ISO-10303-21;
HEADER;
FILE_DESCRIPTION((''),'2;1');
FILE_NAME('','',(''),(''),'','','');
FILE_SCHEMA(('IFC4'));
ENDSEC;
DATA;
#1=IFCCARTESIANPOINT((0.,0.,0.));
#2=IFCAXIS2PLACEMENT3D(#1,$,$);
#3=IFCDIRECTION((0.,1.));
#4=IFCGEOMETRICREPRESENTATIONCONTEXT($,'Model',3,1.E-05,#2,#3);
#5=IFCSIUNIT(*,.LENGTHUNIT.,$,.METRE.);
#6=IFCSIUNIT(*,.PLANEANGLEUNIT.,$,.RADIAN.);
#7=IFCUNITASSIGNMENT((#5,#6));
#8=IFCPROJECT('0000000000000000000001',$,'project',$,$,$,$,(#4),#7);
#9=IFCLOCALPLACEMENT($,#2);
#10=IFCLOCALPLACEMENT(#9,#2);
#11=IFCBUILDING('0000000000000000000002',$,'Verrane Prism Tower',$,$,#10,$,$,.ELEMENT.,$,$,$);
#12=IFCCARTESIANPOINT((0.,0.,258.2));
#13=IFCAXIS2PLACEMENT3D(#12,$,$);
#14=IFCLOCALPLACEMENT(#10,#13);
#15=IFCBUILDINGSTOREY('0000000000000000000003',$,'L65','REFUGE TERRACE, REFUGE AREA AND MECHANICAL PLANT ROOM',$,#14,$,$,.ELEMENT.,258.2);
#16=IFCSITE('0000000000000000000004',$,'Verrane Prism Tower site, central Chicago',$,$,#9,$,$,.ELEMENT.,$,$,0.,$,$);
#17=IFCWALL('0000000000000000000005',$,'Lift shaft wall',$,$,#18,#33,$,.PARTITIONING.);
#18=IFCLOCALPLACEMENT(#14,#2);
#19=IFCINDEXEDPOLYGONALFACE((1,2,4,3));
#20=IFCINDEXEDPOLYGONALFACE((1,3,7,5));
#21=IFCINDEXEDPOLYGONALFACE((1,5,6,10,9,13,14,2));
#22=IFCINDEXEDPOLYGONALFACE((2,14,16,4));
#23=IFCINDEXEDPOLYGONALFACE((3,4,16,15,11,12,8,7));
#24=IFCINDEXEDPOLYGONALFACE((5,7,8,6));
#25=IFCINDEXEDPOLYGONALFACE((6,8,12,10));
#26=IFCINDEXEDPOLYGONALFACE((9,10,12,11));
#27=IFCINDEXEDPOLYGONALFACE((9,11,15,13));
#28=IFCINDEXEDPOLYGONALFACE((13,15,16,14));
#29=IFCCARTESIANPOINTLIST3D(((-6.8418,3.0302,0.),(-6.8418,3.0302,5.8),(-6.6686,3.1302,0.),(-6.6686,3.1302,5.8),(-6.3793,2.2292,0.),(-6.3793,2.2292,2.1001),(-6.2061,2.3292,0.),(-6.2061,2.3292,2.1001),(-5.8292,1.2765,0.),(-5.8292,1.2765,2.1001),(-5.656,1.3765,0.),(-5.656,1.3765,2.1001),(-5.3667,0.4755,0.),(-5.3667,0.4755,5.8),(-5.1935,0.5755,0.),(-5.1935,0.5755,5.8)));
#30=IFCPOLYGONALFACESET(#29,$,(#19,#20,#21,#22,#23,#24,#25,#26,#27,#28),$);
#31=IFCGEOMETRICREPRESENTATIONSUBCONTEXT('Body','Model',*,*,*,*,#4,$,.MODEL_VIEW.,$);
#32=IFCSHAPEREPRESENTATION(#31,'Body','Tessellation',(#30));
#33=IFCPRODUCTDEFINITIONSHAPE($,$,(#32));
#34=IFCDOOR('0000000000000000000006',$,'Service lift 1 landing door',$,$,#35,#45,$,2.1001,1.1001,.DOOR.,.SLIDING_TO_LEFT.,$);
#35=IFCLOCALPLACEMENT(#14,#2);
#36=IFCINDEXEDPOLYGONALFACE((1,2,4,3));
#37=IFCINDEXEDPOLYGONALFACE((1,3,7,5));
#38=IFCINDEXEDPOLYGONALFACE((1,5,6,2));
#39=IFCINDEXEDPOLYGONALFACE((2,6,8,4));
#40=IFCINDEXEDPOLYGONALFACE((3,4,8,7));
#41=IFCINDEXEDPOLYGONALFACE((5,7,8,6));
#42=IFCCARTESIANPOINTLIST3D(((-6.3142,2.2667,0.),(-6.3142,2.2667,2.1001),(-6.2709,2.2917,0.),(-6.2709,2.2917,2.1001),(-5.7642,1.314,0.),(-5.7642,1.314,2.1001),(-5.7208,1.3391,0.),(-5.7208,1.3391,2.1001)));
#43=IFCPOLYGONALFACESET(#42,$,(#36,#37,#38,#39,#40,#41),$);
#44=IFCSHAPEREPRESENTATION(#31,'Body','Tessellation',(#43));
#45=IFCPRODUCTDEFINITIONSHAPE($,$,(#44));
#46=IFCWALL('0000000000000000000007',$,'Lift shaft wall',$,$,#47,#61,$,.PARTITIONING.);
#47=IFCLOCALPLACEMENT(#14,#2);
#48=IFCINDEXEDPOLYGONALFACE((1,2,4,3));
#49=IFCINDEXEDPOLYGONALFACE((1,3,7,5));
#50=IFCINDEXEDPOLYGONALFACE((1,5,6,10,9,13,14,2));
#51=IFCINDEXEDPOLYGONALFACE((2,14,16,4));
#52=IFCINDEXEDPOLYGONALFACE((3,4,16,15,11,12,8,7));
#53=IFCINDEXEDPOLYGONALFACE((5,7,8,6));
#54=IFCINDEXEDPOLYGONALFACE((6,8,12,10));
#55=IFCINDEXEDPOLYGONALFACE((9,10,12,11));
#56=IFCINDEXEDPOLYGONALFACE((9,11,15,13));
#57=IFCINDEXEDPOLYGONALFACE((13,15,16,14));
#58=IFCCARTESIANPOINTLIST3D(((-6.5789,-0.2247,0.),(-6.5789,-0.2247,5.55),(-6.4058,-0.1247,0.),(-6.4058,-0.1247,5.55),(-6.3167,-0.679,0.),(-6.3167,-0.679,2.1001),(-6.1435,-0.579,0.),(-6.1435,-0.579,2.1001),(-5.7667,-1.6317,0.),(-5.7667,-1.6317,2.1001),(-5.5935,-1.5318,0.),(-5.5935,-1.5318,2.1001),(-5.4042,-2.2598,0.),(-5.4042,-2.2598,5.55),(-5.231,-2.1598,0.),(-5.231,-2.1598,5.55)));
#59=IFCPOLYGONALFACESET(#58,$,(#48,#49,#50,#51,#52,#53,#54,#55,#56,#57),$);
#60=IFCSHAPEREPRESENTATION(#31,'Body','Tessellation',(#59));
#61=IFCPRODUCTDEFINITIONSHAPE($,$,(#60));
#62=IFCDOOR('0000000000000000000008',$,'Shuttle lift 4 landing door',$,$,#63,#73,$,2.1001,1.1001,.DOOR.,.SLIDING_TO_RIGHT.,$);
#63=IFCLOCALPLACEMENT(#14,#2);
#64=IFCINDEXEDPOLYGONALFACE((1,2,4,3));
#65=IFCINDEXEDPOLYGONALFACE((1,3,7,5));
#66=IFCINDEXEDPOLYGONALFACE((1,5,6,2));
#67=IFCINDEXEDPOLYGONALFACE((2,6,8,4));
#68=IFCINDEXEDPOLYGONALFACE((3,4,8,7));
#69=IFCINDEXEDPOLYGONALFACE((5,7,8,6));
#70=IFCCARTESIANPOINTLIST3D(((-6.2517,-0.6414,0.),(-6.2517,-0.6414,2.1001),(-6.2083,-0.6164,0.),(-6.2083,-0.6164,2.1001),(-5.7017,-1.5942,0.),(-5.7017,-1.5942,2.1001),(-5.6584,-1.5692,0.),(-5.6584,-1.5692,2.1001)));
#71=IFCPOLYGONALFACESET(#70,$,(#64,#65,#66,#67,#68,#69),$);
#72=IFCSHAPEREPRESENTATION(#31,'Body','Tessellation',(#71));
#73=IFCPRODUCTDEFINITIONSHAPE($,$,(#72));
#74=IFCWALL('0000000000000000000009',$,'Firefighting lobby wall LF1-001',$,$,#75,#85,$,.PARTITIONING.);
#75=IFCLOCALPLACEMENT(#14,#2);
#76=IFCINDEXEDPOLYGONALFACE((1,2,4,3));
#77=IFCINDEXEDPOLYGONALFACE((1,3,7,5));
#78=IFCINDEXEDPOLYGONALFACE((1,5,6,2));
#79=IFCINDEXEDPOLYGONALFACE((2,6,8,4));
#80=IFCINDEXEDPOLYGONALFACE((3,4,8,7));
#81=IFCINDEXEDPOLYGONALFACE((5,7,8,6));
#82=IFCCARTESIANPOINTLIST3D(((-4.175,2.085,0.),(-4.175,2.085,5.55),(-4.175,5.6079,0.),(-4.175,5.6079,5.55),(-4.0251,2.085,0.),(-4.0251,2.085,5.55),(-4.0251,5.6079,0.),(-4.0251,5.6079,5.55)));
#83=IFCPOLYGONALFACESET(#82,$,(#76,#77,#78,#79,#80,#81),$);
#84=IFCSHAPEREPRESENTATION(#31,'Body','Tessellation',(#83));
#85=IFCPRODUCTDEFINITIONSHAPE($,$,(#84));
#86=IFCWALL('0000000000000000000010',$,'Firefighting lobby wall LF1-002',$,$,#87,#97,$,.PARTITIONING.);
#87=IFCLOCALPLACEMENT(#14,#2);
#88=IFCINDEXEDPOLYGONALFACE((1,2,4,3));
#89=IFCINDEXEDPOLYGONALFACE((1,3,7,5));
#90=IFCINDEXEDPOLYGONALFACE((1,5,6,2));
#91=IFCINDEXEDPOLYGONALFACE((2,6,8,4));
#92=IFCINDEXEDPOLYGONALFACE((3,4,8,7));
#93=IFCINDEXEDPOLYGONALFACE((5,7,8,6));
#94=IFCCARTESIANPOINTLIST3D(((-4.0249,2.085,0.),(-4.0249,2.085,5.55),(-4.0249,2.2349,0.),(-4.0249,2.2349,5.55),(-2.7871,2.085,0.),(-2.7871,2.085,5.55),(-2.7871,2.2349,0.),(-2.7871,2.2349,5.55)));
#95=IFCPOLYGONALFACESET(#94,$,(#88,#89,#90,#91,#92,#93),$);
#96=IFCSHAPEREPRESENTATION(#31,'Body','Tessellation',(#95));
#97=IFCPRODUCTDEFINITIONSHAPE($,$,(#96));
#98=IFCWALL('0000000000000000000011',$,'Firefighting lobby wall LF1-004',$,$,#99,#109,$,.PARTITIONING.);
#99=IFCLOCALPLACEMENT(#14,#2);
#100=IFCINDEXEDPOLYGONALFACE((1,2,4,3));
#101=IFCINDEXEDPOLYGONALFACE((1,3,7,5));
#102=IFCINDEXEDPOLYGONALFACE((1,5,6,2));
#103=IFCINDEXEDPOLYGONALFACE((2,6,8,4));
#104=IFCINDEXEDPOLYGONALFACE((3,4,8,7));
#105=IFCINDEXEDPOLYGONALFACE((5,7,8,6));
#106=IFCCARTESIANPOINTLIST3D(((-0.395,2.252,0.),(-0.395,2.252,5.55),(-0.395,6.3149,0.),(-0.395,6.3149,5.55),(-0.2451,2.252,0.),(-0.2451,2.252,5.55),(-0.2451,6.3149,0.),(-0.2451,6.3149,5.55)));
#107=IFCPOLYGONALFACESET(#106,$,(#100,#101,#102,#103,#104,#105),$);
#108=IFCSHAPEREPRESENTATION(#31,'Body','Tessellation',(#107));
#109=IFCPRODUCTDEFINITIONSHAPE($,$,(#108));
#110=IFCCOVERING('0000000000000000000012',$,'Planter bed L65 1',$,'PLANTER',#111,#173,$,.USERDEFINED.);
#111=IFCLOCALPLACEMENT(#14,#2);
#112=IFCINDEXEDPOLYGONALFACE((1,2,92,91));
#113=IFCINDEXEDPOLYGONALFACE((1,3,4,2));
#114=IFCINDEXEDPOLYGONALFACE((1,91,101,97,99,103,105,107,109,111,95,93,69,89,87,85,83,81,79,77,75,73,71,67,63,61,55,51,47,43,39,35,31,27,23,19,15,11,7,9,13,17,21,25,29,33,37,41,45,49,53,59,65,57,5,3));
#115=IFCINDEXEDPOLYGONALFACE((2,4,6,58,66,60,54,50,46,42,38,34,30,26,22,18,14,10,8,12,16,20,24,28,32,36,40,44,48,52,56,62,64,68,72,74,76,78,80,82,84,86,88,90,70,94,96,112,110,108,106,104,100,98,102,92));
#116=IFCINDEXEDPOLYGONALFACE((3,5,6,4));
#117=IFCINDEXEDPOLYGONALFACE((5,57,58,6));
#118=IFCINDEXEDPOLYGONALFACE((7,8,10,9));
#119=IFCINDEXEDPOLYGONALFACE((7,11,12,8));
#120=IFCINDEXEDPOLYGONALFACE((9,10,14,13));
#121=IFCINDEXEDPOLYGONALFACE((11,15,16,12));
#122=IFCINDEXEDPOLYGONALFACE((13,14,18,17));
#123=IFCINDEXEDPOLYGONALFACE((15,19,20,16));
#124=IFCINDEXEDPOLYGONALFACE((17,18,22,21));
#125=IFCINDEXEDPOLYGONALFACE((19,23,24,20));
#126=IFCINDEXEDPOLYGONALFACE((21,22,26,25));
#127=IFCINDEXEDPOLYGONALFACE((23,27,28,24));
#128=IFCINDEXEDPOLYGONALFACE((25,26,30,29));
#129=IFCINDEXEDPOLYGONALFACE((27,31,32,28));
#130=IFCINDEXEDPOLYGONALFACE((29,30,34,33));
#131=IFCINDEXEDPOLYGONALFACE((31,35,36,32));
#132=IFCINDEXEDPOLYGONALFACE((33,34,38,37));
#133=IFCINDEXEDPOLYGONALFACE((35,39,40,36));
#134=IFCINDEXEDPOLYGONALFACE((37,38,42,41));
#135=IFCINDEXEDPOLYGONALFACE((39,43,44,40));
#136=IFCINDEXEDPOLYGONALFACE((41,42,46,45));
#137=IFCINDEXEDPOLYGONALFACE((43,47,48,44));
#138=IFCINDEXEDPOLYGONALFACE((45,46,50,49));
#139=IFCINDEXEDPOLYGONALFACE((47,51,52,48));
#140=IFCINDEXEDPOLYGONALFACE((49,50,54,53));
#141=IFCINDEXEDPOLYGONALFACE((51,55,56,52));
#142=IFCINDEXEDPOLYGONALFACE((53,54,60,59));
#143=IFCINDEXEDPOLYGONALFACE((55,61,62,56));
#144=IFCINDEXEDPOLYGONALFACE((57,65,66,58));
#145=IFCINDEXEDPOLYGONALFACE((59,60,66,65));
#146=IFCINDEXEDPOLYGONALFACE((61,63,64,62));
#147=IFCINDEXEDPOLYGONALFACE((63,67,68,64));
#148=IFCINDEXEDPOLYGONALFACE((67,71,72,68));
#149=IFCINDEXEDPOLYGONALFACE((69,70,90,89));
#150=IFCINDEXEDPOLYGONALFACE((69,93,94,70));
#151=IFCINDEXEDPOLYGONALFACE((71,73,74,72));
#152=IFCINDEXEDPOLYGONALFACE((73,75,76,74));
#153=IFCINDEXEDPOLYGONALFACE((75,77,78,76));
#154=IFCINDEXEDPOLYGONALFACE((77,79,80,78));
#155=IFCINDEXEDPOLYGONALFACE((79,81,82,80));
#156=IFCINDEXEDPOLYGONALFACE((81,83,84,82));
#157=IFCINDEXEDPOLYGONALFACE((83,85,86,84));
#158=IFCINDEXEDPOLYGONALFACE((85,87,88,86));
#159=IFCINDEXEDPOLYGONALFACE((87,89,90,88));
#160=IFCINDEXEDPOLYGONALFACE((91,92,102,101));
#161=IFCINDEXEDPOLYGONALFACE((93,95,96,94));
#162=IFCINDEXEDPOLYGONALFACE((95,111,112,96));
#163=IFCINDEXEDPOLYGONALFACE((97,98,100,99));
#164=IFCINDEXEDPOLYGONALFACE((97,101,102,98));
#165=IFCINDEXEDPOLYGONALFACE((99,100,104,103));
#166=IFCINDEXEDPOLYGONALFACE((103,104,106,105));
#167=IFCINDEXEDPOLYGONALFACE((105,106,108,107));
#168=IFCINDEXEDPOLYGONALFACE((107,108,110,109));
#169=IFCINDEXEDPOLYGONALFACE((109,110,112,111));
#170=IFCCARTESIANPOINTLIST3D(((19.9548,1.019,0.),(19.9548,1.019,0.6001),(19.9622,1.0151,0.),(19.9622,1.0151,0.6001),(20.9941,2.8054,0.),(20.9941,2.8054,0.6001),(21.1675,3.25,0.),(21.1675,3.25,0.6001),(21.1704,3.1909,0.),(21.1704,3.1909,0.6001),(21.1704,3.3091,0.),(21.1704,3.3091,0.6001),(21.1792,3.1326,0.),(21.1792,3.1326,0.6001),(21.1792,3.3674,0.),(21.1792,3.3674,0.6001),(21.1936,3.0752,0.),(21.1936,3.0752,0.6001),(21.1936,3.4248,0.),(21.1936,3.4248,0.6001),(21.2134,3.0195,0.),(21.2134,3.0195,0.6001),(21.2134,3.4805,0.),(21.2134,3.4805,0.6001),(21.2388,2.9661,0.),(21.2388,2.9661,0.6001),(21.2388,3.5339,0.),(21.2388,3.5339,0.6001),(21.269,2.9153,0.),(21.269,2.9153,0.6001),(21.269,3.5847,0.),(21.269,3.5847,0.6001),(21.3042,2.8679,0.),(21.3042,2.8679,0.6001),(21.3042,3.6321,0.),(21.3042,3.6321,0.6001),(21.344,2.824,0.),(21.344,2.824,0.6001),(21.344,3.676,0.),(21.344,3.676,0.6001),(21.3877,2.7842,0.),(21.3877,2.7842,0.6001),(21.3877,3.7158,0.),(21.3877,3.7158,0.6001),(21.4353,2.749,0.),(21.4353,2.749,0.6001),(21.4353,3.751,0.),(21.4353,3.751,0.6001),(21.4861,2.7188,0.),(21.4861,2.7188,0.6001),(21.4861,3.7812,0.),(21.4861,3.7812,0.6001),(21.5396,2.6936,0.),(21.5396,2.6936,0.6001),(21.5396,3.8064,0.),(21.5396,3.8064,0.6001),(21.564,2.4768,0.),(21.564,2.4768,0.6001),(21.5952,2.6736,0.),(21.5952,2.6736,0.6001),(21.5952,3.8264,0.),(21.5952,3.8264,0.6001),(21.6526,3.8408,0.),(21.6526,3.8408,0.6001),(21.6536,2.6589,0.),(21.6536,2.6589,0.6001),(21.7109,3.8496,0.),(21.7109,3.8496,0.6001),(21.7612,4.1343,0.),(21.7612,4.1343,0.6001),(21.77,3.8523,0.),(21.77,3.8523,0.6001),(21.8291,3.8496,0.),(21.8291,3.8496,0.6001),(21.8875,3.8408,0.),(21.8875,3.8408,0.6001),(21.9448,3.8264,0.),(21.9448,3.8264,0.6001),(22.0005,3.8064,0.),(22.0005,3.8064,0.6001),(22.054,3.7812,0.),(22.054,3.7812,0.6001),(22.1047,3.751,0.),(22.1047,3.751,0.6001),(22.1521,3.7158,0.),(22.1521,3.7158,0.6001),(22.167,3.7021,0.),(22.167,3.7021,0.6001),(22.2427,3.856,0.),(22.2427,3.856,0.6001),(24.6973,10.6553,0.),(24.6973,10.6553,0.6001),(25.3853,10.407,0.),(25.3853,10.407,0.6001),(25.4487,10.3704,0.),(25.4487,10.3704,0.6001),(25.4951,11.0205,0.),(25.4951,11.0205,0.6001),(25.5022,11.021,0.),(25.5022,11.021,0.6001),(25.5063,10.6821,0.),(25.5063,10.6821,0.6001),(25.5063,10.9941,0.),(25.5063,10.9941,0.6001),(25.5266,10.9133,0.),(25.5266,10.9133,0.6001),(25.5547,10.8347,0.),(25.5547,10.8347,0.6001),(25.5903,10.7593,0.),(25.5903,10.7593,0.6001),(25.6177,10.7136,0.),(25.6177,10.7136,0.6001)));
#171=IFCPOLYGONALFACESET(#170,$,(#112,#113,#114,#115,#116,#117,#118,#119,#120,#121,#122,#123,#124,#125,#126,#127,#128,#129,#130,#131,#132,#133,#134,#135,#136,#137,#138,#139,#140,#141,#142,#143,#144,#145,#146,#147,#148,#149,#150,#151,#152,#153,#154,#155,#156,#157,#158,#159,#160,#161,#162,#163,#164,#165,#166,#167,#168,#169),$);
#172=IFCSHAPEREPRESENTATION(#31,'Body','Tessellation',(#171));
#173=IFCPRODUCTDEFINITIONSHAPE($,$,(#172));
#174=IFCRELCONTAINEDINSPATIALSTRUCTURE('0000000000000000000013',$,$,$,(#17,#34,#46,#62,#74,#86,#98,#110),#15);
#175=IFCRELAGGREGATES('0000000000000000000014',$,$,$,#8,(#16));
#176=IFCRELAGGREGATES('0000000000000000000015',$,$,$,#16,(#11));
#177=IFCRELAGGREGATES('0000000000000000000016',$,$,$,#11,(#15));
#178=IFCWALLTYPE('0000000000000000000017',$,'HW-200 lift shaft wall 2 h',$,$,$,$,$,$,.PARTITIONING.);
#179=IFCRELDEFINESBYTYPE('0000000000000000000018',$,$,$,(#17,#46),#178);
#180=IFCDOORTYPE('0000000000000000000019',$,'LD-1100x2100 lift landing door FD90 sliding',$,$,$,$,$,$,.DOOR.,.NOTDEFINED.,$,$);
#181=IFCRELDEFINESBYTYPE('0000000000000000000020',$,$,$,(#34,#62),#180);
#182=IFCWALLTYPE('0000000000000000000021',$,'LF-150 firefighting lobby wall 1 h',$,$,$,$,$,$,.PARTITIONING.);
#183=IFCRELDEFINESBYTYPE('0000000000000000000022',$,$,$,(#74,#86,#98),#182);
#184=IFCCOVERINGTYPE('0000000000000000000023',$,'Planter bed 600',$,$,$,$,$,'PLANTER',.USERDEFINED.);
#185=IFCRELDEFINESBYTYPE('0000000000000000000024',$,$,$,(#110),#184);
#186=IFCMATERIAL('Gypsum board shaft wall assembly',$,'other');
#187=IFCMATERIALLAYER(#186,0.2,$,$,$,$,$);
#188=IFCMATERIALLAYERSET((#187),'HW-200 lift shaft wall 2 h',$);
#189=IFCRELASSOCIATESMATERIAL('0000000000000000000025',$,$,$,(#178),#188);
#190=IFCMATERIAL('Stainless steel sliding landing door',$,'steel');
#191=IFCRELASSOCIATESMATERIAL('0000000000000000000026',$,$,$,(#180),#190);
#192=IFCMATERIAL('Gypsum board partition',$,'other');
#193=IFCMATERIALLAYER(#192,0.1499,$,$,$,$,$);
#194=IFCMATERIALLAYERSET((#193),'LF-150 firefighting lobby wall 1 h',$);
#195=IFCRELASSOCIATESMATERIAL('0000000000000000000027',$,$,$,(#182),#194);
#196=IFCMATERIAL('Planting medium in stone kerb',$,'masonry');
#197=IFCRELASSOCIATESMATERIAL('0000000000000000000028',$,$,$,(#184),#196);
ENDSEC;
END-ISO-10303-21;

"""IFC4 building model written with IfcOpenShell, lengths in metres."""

from ifc_helpers import new_model, si_unit, direction, frame, frame_2d, origin, place, context, subcontext, project, spatial, polyline, rectangle, outline, extrude, material, layer, layer_set, type_object, element, fill, save


model = new_model("IFC4")

# Units and contexts
model_context = context("Model", 3, precision=1e-05, world=origin(), true_north=direction((0.0, 1.0)))
body_context = subcontext(model_context, "Body", "Model", "MODEL_VIEW")
ifc_project = project(units=[si_unit("LENGTHUNIT", "METRE"), si_unit("PLANEANGLEUNIT", "RADIAN")], contexts=[model_context])

# Site, building, storey
site_placement = place(None, origin())
site = spatial("IfcSite", under=ifc_project, at=site_placement, Name="Verrane Prism Tower site, central Chicago", CompositionType="ELEMENT", RefElevation=0.0)
building_placement = place(site_placement, origin())
building = spatial("IfcBuilding", under=site, at=building_placement, Name="Verrane Prism Tower", CompositionType="ELEMENT")
storey_placement = place(building_placement, frame((0.0, 0.0, 258.2)))
storey = spatial("IfcBuildingStorey", under=building, at=storey_placement, Name="L65", Description="REFUGE TERRACE, REFUGE AREA AND MECHANICAL PLANT ROOM", CompositionType="ELEMENT", Elevation=258.2)

# Shared definitions
ifc_material_1 = material(Name="Gypsum board shaft wall assembly", Category="other")
ifc_layer_1 = layer(ifc_material_1, 0.2)
ifc_layer_set_1 = layer_set([ifc_layer_1], Name="HW-200 lift shaft wall 2 h")
wall_type_1 = type_object("IfcWallType", Name="HW-200 lift shaft wall 2 h", PredefinedType="PARTITIONING", material=ifc_layer_set_1)
ifc_material_2 = material(Name="Stainless steel sliding landing door", Category="steel")
door_type = type_object("IfcDoorType", Name="LD-1100x2100 lift landing door FD90 sliding", OperationType="NOTDEFINED", PredefinedType="DOOR", material=ifc_material_2)

# Walls, openings, doors
wall_1_placement = place(storey_placement, frame((-5.28, 0.5254, 0.0), z_axis=(0.0, 0.0, 1.0), x_axis=(-0.500038, 0.866004, 0.0)))
wall_1 = element("IfcWall", 1, at=wall_1_placement, inside=storey, type_object=wall_type_1, Name="Lift shaft wall", PredefinedType="PARTITIONING", context=body_context, shape_type="SweptSolid", body=[
    extrude(rectangle(XDim=2.95, YDim=0.2, at=frame_2d((1.4751, 0.0))), origin(), (0.0, 0.0, 1.0), 5.8),
])
opening_1_placement = place(wall_1_placement, frame((0.925, 0.0, 0.0)))
opening_1 = element("IfcOpeningElement", 2, at=opening_1_placement, cuts=wall_1, PredefinedType="OPENING", context=body_context, shape_type="SweptSolid", body=[
    extrude(rectangle(XDim=1.1001, YDim=2.1001, at=frame_2d((0.55, 1.05))), frame((0.0, 0.1099, 0.0), z_axis=(0.0, -1.0, 0.0), x_axis=(1.0, 0.0, 0.0)), (0.0, 0.0, 1.0), 0.22),
])
door_1_placement = place(opening_1_placement, origin())
door_1 = element("IfcDoor", 3, at=door_1_placement, inside=storey, type_object=door_type, Name="Service lift 1 landing door", OperationType="SLIDING_TO_LEFT", OverallHeight=2.1001, OverallWidth=1.1001, PredefinedType="DOOR", context=body_context, shape_type="SweptSolid", body=[
    extrude(rectangle(XDim=1.1001, YDim=2.1001, at=frame_2d((0.55, 1.05))), frame((0.0, 0.0249, 0.0), z_axis=(0.0, -1.0, 0.0), x_axis=(1.0, 0.0, 0.0)), (0.0, 0.0, 1.0), 0.05),
])
fill(opening_1, door_1)
wall_2_placement = place(storey_placement, frame((-5.3176, -2.2097, 0.0), z_axis=(0.0, 0.0, 1.0), x_axis=(-0.499938, 0.866061, 0.0)))
wall_2 = element("IfcWall", 4, at=wall_2_placement, inside=storey, type_object=wall_type_1, Name="Lift shaft wall", PredefinedType="PARTITIONING", context=body_context, shape_type="SweptSolid", body=[
    extrude(rectangle(XDim=2.3499, YDim=0.2, at=frame_2d((1.1748, 0.0))), origin(), (0.0, 0.0, 1.0), 5.55),
])
opening_2_placement = place(wall_2_placement, frame((0.7251, 0.0, 0.0)))
opening_2 = element("IfcOpeningElement", 5, at=opening_2_placement, cuts=wall_2, PredefinedType="OPENING", context=body_context, shape_type="SweptSolid", body=[
    extrude(rectangle(XDim=1.1001, YDim=2.1001, at=frame_2d((0.55, 1.05))), frame((0.0, 0.1099, 0.0), z_axis=(0.0, -1.0, 0.0), x_axis=(1.0, 0.0, 0.0)), (0.0, 0.0, 1.0), 0.22),
])
door_2_placement = place(opening_2_placement, origin())
door_2 = element("IfcDoor", 6, at=door_2_placement, inside=storey, type_object=door_type, Name="Shuttle lift 4 landing door", OperationType="SLIDING_TO_RIGHT", OverallHeight=2.1001, OverallWidth=1.1001, PredefinedType="DOOR", context=body_context, shape_type="SweptSolid", body=[
    extrude(rectangle(XDim=1.1001, YDim=2.1001, at=frame_2d((0.55, 1.05))), frame((0.0, 0.0249, 0.0), z_axis=(0.0, -1.0, 0.0), x_axis=(1.0, 0.0, 0.0)), (0.0, 0.0, 1.0), 0.05),
])
fill(opening_2, door_2)

# Walls
ifc_material_3 = material(Name="Gypsum board partition", Category="other")
ifc_layer_2 = layer(ifc_material_3, 0.1499)
ifc_layer_set_2 = layer_set([ifc_layer_2], Name="LF-150 firefighting lobby wall 1 h")
wall_type_2 = type_object("IfcWallType", Name="LF-150 firefighting lobby wall 1 h", PredefinedType="PARTITIONING", material=ifc_layer_set_2)
wall_3_placement = place(storey_placement, frame((-4.1001, 2.085, 0.0), z_axis=(0.0, 0.0, 1.0), x_axis=(0.0, 1.0, 0.0)))
element("IfcWall", 7, at=wall_3_placement, inside=storey, type_object=wall_type_2, Name="Firefighting lobby wall LF1-001", PredefinedType="PARTITIONING", context=body_context, shape_type="SweptSolid", body=[
    extrude(rectangle(XDim=3.5229, YDim=0.1499, at=frame_2d((1.7615, 0.0))), origin(), (0.0, 0.0, 1.0), 5.55),
])
wall_4_placement = place(storey_placement, frame((-4.0249, 2.1599, 0.0), z_axis=(0.0, 0.0, 1.0), x_axis=(1.0, 0.0, 0.0)))
element("IfcWall", 8, at=wall_4_placement, inside=storey, type_object=wall_type_2, Name="Firefighting lobby wall LF1-002", PredefinedType="PARTITIONING", context=body_context, shape_type="SweptSolid", body=[
    extrude(rectangle(XDim=1.2378, YDim=0.1499, at=frame_2d((0.6189, 0.0))), origin(), (0.0, 0.0, 1.0), 5.55),
])
wall_5_placement = place(storey_placement, frame((-0.3201, 2.252, 0.0), z_axis=(0.0, 0.0, 1.0), x_axis=(0.0, 1.0, 0.0)))
element("IfcWall", 9, at=wall_5_placement, inside=storey, type_object=wall_type_2, Name="Firefighting lobby wall LF1-004", PredefinedType="PARTITIONING", context=body_context, shape_type="SweptSolid", body=[
    extrude(rectangle(XDim=4.063, YDim=0.1499, at=frame_2d((2.0315, 0.0))), origin(), (0.0, 0.0, 1.0), 5.55),
])

# Covering
ifc_material_4 = material(Name="Planting medium in stone kerb", Category="masonry")
covering_type_1 = type_object("IfcCoveringType", Name="Planter bed 600", ElementType="PLANTER", PredefinedType="USERDEFINED", material=ifc_material_4)
covering_1_placement = place(storey_placement, origin())
element("IfcCovering", 10, at=covering_1_placement, inside=storey, type_object=covering_type_1, Name="Planter bed L65 1", ObjectType="PLANTER", PredefinedType="USERDEFINED", context=body_context, shape_type="SweptSolid", body=[
    extrude(outline(polyline([(21.5952, 2.6736), (21.5396, 2.6936), (21.4861, 2.7188), (21.4353, 2.749), (21.3877, 2.7842), (21.344, 2.824), (21.3042, 2.8679), (21.269, 2.9153), (21.2388, 2.9661), (21.2134, 3.0195), (21.1936, 3.0752), (21.1792, 3.1326), (21.1704, 3.1909), (21.1675, 3.25), (21.1704, 3.3091), (21.1792, 3.3674), (21.1936, 3.4248), (21.2134, 3.4805), (21.2388, 3.5339), (21.269, 3.5847), (21.3042, 3.6321), (21.344, 3.676), (21.3877, 3.7158), (21.4353, 3.751), (21.4861, 3.7812), (21.5396, 3.8064), (21.5952, 3.8264), (21.6526, 3.8408), (21.7109, 3.8496), (21.77, 3.8523), (21.8291, 3.8496), (21.8875, 3.8408), (21.9448, 3.8264), (22.0005, 3.8064), (22.054, 3.7812), (22.1047, 3.751), (22.1521, 3.7158), (22.167, 3.7021), (22.2427, 3.856), (21.7612, 4.1343), (25.3853, 10.407), (25.4487, 10.3704), (25.6177, 10.7136), (25.5903, 10.7593), (25.5547, 10.8347), (25.5266, 10.9133), (25.5063, 10.9941), (25.5022, 11.021), (25.4951, 11.0205), (25.5063, 10.6821), (24.6973, 10.6553), (19.9548, 1.019), (19.9622, 1.0151), (20.9941, 2.8054), (21.564, 2.4768), (21.6536, 2.6589), (21.5952, 2.6736)])), origin(), (0.0, 0.0, 1.0), 0.6001),
])

save(model, "model.ifc")
